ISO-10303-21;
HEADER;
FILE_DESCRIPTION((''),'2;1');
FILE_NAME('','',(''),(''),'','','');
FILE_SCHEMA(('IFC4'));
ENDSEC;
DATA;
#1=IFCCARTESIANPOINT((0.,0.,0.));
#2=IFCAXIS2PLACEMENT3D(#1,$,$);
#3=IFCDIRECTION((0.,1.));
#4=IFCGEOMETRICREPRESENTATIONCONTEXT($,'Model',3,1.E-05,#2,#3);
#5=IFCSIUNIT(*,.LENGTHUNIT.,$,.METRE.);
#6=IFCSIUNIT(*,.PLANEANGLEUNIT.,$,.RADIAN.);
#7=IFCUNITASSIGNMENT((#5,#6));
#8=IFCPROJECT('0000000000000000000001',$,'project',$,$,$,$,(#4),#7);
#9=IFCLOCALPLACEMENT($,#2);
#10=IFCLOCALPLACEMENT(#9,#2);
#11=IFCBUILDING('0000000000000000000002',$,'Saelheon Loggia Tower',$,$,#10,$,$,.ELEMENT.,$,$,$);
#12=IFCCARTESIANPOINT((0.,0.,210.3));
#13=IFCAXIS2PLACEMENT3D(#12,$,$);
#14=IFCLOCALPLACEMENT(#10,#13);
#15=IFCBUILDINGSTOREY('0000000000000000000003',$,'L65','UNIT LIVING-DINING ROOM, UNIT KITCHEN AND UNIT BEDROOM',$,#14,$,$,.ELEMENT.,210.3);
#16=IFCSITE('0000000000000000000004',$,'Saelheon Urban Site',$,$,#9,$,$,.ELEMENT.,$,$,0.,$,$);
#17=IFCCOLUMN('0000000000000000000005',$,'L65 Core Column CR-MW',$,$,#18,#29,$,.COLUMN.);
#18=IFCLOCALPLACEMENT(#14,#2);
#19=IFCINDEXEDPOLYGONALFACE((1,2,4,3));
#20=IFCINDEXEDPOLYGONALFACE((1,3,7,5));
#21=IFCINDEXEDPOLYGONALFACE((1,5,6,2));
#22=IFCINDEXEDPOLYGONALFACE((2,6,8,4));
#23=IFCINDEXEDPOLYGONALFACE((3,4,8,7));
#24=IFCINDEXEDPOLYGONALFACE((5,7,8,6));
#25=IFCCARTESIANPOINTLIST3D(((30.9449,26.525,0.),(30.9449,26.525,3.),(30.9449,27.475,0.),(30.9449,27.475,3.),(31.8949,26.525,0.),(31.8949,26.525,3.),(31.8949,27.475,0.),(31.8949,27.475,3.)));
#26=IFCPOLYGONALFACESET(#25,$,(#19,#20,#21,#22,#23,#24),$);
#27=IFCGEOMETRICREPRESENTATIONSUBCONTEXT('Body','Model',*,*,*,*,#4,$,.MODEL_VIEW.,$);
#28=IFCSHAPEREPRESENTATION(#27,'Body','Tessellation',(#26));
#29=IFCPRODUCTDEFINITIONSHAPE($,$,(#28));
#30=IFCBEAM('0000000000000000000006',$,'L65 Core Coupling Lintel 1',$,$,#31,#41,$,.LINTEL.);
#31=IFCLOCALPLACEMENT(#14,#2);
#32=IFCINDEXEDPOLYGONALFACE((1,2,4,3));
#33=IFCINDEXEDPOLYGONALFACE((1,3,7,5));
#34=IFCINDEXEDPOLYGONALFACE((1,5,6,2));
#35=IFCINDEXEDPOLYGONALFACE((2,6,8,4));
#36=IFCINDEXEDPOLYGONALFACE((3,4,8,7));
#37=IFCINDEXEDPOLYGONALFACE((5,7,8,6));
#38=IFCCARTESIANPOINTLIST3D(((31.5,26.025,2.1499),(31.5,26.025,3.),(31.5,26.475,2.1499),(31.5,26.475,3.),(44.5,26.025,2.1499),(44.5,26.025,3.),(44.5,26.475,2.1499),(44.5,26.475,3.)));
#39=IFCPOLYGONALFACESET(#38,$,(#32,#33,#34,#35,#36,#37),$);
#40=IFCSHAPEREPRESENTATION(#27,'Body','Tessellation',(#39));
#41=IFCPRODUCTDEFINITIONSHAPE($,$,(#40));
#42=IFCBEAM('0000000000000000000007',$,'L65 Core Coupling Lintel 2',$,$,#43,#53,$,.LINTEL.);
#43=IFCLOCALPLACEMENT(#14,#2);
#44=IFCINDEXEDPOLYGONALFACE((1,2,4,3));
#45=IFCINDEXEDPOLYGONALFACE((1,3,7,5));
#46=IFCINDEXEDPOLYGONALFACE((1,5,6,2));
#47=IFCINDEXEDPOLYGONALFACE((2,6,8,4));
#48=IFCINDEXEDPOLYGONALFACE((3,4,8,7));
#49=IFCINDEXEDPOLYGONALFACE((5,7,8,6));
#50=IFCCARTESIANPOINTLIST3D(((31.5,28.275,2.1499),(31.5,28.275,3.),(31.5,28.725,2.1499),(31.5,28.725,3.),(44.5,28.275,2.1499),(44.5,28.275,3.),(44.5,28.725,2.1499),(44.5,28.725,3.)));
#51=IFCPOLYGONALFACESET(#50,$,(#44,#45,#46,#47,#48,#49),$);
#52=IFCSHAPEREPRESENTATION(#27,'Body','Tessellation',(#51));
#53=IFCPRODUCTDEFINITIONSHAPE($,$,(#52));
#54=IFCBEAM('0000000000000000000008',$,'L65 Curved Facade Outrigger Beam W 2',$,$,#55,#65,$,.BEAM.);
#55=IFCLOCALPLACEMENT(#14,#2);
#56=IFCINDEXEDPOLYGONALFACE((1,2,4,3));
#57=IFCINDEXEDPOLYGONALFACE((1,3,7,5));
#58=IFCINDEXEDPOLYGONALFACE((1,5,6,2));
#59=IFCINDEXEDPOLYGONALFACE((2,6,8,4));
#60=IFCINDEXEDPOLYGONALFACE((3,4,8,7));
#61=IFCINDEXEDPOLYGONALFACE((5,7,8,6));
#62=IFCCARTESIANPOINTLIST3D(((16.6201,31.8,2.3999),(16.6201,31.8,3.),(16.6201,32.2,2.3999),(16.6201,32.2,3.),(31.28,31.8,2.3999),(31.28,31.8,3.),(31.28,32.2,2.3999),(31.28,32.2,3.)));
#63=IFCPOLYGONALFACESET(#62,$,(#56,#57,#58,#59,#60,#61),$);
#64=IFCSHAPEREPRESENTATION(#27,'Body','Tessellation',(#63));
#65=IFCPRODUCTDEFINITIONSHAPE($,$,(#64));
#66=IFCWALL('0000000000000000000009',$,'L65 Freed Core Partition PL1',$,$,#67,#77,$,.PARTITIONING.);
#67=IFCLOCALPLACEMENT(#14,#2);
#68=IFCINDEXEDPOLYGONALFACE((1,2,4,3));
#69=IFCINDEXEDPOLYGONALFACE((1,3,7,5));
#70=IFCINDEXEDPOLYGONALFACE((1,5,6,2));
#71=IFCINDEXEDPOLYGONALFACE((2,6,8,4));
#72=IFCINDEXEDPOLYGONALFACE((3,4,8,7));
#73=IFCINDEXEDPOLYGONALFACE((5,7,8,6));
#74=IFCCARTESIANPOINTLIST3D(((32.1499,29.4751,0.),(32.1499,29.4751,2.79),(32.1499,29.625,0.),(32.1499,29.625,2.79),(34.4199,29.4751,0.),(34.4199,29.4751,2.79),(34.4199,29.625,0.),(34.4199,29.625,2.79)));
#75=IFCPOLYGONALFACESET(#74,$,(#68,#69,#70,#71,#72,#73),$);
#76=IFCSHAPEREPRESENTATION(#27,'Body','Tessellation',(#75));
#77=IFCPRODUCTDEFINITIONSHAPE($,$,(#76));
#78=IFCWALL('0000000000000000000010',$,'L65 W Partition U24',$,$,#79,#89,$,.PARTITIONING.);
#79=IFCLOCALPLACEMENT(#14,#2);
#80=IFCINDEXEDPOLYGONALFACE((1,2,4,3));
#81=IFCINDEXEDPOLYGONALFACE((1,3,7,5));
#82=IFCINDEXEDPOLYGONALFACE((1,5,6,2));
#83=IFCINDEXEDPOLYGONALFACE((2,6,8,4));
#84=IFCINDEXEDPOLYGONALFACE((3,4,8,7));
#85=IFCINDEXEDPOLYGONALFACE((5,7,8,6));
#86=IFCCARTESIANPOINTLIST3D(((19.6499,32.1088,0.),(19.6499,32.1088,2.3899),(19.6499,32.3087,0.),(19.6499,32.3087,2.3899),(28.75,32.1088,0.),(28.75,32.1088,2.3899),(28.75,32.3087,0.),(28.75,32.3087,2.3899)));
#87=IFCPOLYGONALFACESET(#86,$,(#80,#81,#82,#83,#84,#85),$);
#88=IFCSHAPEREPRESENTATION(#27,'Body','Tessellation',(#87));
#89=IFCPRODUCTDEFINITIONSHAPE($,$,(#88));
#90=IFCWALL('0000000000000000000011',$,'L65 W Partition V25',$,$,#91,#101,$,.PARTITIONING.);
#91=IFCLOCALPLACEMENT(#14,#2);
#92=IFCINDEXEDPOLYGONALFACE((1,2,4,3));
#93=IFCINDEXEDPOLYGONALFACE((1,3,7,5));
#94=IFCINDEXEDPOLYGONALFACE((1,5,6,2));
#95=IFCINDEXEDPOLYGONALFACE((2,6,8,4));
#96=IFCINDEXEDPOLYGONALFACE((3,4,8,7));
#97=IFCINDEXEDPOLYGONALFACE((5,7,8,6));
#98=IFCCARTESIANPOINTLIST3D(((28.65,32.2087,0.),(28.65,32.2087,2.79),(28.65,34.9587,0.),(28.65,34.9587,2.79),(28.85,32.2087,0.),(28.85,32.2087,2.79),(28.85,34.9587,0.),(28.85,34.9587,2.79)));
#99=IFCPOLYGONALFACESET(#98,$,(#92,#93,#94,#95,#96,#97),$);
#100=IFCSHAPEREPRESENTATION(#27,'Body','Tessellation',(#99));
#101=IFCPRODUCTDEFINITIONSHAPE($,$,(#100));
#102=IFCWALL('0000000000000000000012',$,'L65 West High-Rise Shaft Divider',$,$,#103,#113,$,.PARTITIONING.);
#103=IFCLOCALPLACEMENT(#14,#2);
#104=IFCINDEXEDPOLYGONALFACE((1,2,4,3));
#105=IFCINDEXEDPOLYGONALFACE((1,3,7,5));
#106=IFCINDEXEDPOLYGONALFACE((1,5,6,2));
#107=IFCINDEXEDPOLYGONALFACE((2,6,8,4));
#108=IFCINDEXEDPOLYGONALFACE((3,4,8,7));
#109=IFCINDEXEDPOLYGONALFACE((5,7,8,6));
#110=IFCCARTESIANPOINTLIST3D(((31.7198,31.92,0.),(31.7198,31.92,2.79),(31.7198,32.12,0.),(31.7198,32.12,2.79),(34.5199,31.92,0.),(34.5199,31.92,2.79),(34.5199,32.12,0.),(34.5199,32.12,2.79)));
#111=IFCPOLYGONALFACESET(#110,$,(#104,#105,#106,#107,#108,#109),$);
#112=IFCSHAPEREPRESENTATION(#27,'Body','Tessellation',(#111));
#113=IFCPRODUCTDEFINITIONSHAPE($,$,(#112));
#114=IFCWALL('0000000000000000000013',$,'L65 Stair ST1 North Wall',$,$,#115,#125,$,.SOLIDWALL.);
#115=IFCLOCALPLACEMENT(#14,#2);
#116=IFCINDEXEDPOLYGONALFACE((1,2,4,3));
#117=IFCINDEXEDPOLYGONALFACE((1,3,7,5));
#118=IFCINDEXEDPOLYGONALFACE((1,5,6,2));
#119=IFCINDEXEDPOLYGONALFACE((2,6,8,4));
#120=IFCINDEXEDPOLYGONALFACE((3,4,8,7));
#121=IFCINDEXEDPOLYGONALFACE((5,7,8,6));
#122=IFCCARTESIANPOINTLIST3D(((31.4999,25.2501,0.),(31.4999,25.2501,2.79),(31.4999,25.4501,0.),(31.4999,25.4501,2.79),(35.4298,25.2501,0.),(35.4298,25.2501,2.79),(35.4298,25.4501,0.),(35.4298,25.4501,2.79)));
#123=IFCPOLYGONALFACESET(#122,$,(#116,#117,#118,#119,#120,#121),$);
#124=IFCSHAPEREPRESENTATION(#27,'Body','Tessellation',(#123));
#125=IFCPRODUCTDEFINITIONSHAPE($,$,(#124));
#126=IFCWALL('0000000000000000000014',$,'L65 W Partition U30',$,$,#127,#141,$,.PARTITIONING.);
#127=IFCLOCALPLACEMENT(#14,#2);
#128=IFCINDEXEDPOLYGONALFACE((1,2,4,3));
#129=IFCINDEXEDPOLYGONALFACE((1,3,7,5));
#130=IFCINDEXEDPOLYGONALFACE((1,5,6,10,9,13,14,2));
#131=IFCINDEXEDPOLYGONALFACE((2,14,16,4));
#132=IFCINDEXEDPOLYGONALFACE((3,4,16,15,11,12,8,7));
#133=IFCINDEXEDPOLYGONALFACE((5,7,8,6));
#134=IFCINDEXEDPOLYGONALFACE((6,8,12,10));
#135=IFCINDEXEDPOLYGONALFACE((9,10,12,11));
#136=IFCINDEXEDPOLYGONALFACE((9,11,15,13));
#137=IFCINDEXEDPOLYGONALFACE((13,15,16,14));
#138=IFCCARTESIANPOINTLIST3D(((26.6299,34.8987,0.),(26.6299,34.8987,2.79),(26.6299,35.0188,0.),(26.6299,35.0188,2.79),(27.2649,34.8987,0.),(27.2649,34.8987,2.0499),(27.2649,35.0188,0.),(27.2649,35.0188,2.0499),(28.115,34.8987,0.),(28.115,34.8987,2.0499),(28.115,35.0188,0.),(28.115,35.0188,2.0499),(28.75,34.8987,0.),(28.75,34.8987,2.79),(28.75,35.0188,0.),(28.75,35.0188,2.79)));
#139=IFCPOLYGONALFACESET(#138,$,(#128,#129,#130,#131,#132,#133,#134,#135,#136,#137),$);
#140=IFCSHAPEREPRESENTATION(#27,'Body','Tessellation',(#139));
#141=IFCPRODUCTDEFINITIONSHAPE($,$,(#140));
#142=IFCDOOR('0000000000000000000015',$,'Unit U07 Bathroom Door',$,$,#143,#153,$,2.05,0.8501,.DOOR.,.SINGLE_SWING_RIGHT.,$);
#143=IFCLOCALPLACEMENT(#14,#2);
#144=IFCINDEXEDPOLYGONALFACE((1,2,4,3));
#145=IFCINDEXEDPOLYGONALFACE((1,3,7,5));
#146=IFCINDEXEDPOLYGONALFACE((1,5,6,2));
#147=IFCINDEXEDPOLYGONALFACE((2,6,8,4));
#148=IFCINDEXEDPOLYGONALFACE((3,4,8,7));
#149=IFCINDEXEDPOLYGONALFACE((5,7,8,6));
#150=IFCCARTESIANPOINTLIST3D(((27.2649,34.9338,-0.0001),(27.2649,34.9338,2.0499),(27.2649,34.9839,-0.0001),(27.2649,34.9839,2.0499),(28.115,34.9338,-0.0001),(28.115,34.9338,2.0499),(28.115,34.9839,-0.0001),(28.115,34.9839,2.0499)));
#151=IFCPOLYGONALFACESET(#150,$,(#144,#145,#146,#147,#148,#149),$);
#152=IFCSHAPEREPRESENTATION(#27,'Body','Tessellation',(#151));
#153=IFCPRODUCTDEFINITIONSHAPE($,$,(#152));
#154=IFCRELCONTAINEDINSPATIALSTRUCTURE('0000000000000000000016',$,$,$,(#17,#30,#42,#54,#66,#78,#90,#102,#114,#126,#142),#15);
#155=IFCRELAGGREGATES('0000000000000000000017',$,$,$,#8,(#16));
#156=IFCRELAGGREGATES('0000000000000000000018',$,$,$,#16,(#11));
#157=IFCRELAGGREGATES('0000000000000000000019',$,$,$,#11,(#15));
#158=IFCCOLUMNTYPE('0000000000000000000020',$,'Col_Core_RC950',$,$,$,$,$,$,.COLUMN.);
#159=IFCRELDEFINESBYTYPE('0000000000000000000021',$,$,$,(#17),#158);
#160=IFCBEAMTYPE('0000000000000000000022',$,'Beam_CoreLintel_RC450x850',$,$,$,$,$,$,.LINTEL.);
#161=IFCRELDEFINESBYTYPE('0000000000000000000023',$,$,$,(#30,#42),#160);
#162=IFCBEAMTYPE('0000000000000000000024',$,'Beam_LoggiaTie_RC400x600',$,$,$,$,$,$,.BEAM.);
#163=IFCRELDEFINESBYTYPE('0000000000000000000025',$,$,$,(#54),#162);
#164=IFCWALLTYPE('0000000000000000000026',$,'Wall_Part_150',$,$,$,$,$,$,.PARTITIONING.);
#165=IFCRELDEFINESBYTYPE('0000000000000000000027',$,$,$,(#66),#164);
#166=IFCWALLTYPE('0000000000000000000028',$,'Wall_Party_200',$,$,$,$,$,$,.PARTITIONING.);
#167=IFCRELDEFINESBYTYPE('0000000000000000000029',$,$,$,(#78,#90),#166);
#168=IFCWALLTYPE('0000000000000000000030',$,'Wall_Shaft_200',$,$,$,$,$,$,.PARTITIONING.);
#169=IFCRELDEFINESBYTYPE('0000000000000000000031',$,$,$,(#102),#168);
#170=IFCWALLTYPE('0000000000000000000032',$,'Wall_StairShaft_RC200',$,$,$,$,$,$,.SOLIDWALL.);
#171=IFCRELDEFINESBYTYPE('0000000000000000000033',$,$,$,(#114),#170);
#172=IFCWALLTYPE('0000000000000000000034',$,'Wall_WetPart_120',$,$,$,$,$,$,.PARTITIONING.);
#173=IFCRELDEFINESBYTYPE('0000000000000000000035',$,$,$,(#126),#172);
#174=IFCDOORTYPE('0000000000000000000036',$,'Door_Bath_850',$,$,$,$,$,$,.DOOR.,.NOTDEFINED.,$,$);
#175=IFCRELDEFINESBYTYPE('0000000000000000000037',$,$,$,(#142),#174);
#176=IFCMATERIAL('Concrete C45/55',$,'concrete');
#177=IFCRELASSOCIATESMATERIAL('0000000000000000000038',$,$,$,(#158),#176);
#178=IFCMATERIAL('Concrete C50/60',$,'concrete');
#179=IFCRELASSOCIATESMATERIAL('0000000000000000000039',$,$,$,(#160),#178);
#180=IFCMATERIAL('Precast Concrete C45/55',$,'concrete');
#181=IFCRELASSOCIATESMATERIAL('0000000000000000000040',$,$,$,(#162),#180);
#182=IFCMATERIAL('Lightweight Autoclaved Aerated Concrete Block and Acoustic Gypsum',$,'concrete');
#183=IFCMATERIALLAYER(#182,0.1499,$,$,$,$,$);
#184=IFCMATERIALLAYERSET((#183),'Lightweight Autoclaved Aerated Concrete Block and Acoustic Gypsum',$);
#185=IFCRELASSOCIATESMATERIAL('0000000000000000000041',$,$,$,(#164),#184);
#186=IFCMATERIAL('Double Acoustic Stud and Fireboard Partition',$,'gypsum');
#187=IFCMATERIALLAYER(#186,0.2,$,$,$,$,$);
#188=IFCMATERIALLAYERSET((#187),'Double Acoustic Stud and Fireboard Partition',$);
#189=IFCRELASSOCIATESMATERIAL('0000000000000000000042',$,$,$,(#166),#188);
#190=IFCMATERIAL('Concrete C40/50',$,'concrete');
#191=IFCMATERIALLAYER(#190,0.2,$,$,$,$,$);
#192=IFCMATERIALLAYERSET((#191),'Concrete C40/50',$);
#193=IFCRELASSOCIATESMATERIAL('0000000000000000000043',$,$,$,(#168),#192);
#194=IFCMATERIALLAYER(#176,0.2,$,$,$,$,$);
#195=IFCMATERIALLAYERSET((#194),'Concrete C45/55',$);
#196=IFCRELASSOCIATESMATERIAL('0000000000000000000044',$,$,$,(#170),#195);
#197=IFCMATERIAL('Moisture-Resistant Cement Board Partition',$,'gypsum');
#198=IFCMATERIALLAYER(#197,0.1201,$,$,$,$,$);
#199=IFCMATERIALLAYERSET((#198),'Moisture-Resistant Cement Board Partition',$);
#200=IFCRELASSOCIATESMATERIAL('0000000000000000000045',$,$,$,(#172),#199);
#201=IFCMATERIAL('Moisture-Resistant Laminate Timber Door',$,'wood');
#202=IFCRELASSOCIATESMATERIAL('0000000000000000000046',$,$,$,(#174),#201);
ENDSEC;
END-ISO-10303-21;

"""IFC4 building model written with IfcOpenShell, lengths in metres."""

from ifc_helpers import new_model, si_unit, direction, frame, frame_2d, origin, origin_2d, place, context, subcontext, project, spatial, rectangle, extrude, source, transform, mapped, material, layer, layer_set, material_profile, profile_set, type_object, element, fill, save


model = new_model("IFC4")

# Units and contexts
model_context = context("Model", 3, precision=1e-05, world=origin(), true_north=direction((0.0, 1.0)))
body_context = subcontext(model_context, "Body", "Model", "MODEL_VIEW")
ifc_project = project(units=[si_unit("LENGTHUNIT", "METRE"), si_unit("PLANEANGLEUNIT", "RADIAN")], contexts=[model_context])

# Site, building, storey
site_placement = place(None, origin())
site = spatial("IfcSite", under=ifc_project, at=site_placement, Name="Saelheon Urban Site", CompositionType="ELEMENT", RefElevation=0.0)
building_placement = place(site_placement, origin())
building = spatial("IfcBuilding", under=site, at=building_placement, Name="Saelheon Loggia Tower", CompositionType="ELEMENT")
storey_placement = place(building_placement, frame((0.0, 0.0, 210.3)))
storey = spatial("IfcBuildingStorey", under=building, at=storey_placement, Name="L65", Description="UNIT LIVING-DINING ROOM, UNIT KITCHEN AND UNIT BEDROOM", CompositionType="ELEMENT", Elevation=210.3)

# Column
ifc_material_1 = material(Name="Concrete C45/55", Category="concrete")
ifc_material_profile_1 = material_profile(ifc_material_1, rectangle(XDim=0.95, YDim=0.95, at=origin_2d()), Name="RC-950x950")
ifc_profile_set_1 = profile_set([ifc_material_profile_1], Name="Concrete C45/55")
column_type = type_object("IfcColumnType", Name="Col_Core_RC950", PredefinedType="COLUMN", material=ifc_profile_set_1)
shared_shape_1 = source(origin(), body_context, "Body", "SweptSolid", [
    extrude(rectangle(XDim=0.95, YDim=0.95, at=origin_2d()), origin(), (0.0, 0.0, 1.0), 3.0),
])
column_placement = place(storey_placement, frame((31.4199, 27.0, 0.0), z_axis=(0.0, 0.0, 1.0), x_axis=(1.0, 0.0, 0.0)))
element("IfcColumn", 1, at=column_placement, inside=storey, type_object=column_type, Name="L65 Core Column CR-MW", PredefinedType="COLUMN", context=body_context, shape_type="MappedRepresentation", body=[
    mapped(shared_shape_1, transform((0.0, 0.0, 0.0), scale=1.0)),
])

# Beams
ifc_material_2 = material(Name="Concrete C50/60", Category="concrete")
ifc_material_profile_2 = material_profile(ifc_material_2, rectangle(XDim=0.45, YDim=0.8501, at=origin_2d()), Name="RC-450x850")
ifc_profile_set_2 = profile_set([ifc_material_profile_2], Name="Concrete C50/60")
beam_type_1 = type_object("IfcBeamType", Name="Beam_CoreLintel_RC450x850", PredefinedType="LINTEL", material=ifc_profile_set_2)
shared_shape_2 = source(origin(), body_context, "Body", "SweptSolid", [
    extrude(rectangle(XDim=0.45, YDim=0.8501, at=origin_2d()), origin(), (0.0, 0.0, 1.0), 13.0),
])
for number, where, z_axis, x_axis, name in (
    (2, (31.5, 26.25, 2.575), (1.0, 0.0, 0.0), (0.0, 1.0, 0.0), "L65 Core Coupling Lintel 1"),
    (3, (31.5, 28.5, 2.575), (1.0, 0.0, 0.0), (0.0, 1.0, 0.0), "L65 Core Coupling Lintel 2"),
):
    element("IfcBeam", number, at=place(storey_placement, frame(where, z_axis=z_axis, x_axis=x_axis)), inside=storey, type_object=beam_type_1, Name=name, PredefinedType="LINTEL", context=body_context, shape_type="MappedRepresentation", body=[
        mapped(shared_shape_2, transform((0.0, 0.0, 0.0), scale=1.0)),
    ])
ifc_material_3 = material(Name="Precast Concrete C45/55", Category="concrete")
ifc_material_profile_3 = material_profile(ifc_material_3, rectangle(XDim=0.3999, YDim=0.6001, at=origin_2d()), Name="RC-400x600")
ifc_profile_set_3 = profile_set([ifc_material_profile_3], Name="Precast Concrete C45/55")
beam_type_2 = type_object("IfcBeamType", Name="Beam_LoggiaTie_RC400x600", PredefinedType="BEAM", material=ifc_profile_set_3)
shared_shape_3 = source(origin(), body_context, "Body", "SweptSolid", [
    extrude(rectangle(XDim=0.3999, YDim=0.6001, at=origin_2d()), origin(), (0.0, 0.0, 1.0), 14.6599),
])
beam_placement = place(storey_placement, frame((31.28, 32.0, 2.7), z_axis=(-1.0, 0.0, 0.0), x_axis=(0.0, -1.0, 0.0)))
element("IfcBeam", 4, at=beam_placement, inside=storey, type_object=beam_type_2, Name="L65 Curved Facade Outrigger Beam W 2", PredefinedType="BEAM", context=body_context, shape_type="MappedRepresentation", body=[
    mapped(shared_shape_3, transform((0.0, 0.0, 0.0), scale=1.0)),
])

# Walls
ifc_material_4 = material(Name="Lightweight Autoclaved Aerated Concrete Block and Acoustic Gypsum", Category="concrete")
ifc_layer_1 = layer(ifc_material_4, 0.1499)
ifc_layer_set_1 = layer_set([ifc_layer_1], Name="Lightweight Autoclaved Aerated Concrete Block and Acoustic Gypsum")
wall_type_1 = type_object("IfcWallType", Name="Wall_Part_150", PredefinedType="PARTITIONING", material=ifc_layer_set_1)
wall_1_placement = place(storey_placement, frame((32.1499, 29.55, 0.0), z_axis=(0.0, 0.0, 1.0), x_axis=(1.0, 0.0, 0.0)))
element("IfcWall", 5, at=wall_1_placement, inside=storey, type_object=wall_type_1, Name="L65 Freed Core Partition PL1", PredefinedType="PARTITIONING", context=body_context, shape_type="SweptSolid", body=[
    extrude(rectangle(XDim=2.27, YDim=0.1499, at=frame_2d((1.135, 0.0))), origin(), (0.0, 0.0, 1.0), 2.79),
])
ifc_material_5 = material(Name="Double Acoustic Stud and Fireboard Partition", Category="gypsum")
ifc_layer_2 = layer(ifc_material_5, 0.2)
ifc_layer_set_2 = layer_set([ifc_layer_2], Name="Double Acoustic Stud and Fireboard Partition")
wall_type_2 = type_object("IfcWallType", Name="Wall_Party_200", PredefinedType="PARTITIONING", material=ifc_layer_set_2)
wall_2_placement = place(storey_placement, frame((28.75, 32.2087, 0.0), z_axis=(0.0, 0.0, 1.0), x_axis=(-1.0, 0.0, 0.0)))
element("IfcWall", 6, at=wall_2_placement, inside=storey, type_object=wall_type_2, Name="L65 W Partition U24", PredefinedType="PARTITIONING", context=body_context, shape_type="SweptSolid", body=[
    extrude(rectangle(XDim=9.1001, YDim=0.2, at=frame_2d((4.55, 0.0))), origin(), (0.0, 0.0, 1.0), 2.3899),
])
wall_3_placement = place(storey_placement, frame((28.75, 32.2087, 0.0), z_axis=(0.0, 0.0, 1.0), x_axis=(0.0, 1.0, 0.0)))
element("IfcWall", 7, at=wall_3_placement, inside=storey, type_object=wall_type_2, Name="L65 W Partition V25", PredefinedType="PARTITIONING", context=body_context, shape_type="SweptSolid", body=[
    extrude(rectangle(XDim=2.75, YDim=0.2, at=frame_2d((1.375, 0.0))), origin(), (0.0, 0.0, 1.0), 2.79),
])

# Shared definitions
ifc_material_6 = material(Name="Concrete C40/50", Category="concrete")
ifc_layer_3 = layer(ifc_material_6, 0.2)
ifc_layer_set_3 = layer_set([ifc_layer_3], Name="Concrete C40/50")
wall_type_3 = type_object("IfcWallType", Name="Wall_Shaft_200", PredefinedType="PARTITIONING", material=ifc_layer_set_3)

# Walls
wall_4_placement = place(storey_placement, frame((31.72, 32.02, 0.0), z_axis=(0.0, 0.0, 1.0), x_axis=(1.0, 0.0, 0.0)))
element("IfcWall", 8, at=wall_4_placement, inside=storey, type_object=wall_type_3, Name="L65 West High-Rise Shaft Divider", PredefinedType="PARTITIONING", context=body_context, shape_type="SweptSolid", body=[
    extrude(rectangle(XDim=2.8, YDim=0.2, at=frame_2d((1.3999, 0.0))), origin(), (0.0, 0.0, 1.0), 2.79),
])
ifc_layer_4 = layer(ifc_material_1, 0.2)
ifc_layer_set_4 = layer_set([ifc_layer_4], Name="Concrete C45/55")
wall_type_4 = type_object("IfcWallType", Name="Wall_StairShaft_RC200", PredefinedType="SOLIDWALL", material=ifc_layer_set_4)
wall_5_placement = place(storey_placement, frame((31.5, 25.3501, 0.0), z_axis=(0.0, 0.0, 1.0), x_axis=(1.0, 0.0, 0.0)))
element("IfcWall", 9, at=wall_5_placement, inside=storey, type_object=wall_type_4, Name="L65 Stair ST1 North Wall", PredefinedType="SOLIDWALL", context=body_context, shape_type="SweptSolid", body=[
    extrude(rectangle(XDim=3.9299, YDim=0.2, at=frame_2d((1.9648, 0.0))), origin(), (0.0, 0.0, 1.0), 2.79),
])

# Wall, opening, door
ifc_material_7 = material(Name="Moisture-Resistant Cement Board Partition", Category="gypsum")
ifc_layer_5 = layer(ifc_material_7, 0.1201)
ifc_layer_set_5 = layer_set([ifc_layer_5], Name="Moisture-Resistant Cement Board Partition")
wall_type_5 = type_object("IfcWallType", Name="Wall_WetPart_120", PredefinedType="PARTITIONING", material=ifc_layer_set_5)
wall_6_placement = place(storey_placement, frame((28.75, 34.9587, 0.0), z_axis=(0.0, 0.0, 1.0), x_axis=(-1.0, 0.0, 0.0)))
wall_6 = element("IfcWall", 10, at=wall_6_placement, inside=storey, type_object=wall_type_5, Name="L65 W Partition U30", PredefinedType="PARTITIONING", context=body_context, shape_type="SweptSolid", body=[
    extrude(rectangle(XDim=2.1201, YDim=0.1201, at=frame_2d((1.0601, 0.0))), origin(), (0.0, 0.0, 1.0), 2.79),
])
opening_1_placement = place(wall_6_placement, frame((0.635, 0.0, 0.0)))
opening_1 = element("IfcOpeningElement", 11, at=opening_1_placement, cuts=wall_6, PredefinedType="OPENING", context=body_context, shape_type="SweptSolid", body=[
    extrude(rectangle(XDim=0.8501, YDim=2.05, at=frame_2d((0.425, 1.0249))), frame((0.0, 0.072, 0.0), z_axis=(0.0, -1.0, 0.0), x_axis=(1.0, 0.0, 0.0)), (0.0, 0.0, 1.0), 0.144),
])
ifc_material_8 = material(Name="Moisture-Resistant Laminate Timber Door", Category="wood")
door_type_1 = type_object("IfcDoorType", Name="Door_Bath_850", OperationType="NOTDEFINED", PredefinedType="DOOR", material=ifc_material_8)
shared_shape_4 = source(origin(), body_context, "Body", "SweptSolid", [
    extrude(rectangle(XDim=0.8501, YDim=2.05, at=frame_2d((0.425, 1.0249))), frame((0.0, 0.0249, 0.0), z_axis=(0.0, -1.0, 0.0), x_axis=(1.0, 0.0, 0.0)), (0.0, 0.0, 1.0), 0.05),
])
door_1_placement = place(opening_1_placement, origin())
door_1 = element("IfcDoor", 12, at=door_1_placement, inside=storey, type_object=door_type_1, Name="Unit U07 Bathroom Door", OperationType="SINGLE_SWING_RIGHT", OverallHeight=2.05, OverallWidth=0.8501, PredefinedType="DOOR", context=body_context, shape_type="MappedRepresentation", body=[
    mapped(shared_shape_4, transform((0.0, 0.0, 0.0), scale=1.0)),
])
fill(opening_1, door_1)

save(model, "model.ifc")
